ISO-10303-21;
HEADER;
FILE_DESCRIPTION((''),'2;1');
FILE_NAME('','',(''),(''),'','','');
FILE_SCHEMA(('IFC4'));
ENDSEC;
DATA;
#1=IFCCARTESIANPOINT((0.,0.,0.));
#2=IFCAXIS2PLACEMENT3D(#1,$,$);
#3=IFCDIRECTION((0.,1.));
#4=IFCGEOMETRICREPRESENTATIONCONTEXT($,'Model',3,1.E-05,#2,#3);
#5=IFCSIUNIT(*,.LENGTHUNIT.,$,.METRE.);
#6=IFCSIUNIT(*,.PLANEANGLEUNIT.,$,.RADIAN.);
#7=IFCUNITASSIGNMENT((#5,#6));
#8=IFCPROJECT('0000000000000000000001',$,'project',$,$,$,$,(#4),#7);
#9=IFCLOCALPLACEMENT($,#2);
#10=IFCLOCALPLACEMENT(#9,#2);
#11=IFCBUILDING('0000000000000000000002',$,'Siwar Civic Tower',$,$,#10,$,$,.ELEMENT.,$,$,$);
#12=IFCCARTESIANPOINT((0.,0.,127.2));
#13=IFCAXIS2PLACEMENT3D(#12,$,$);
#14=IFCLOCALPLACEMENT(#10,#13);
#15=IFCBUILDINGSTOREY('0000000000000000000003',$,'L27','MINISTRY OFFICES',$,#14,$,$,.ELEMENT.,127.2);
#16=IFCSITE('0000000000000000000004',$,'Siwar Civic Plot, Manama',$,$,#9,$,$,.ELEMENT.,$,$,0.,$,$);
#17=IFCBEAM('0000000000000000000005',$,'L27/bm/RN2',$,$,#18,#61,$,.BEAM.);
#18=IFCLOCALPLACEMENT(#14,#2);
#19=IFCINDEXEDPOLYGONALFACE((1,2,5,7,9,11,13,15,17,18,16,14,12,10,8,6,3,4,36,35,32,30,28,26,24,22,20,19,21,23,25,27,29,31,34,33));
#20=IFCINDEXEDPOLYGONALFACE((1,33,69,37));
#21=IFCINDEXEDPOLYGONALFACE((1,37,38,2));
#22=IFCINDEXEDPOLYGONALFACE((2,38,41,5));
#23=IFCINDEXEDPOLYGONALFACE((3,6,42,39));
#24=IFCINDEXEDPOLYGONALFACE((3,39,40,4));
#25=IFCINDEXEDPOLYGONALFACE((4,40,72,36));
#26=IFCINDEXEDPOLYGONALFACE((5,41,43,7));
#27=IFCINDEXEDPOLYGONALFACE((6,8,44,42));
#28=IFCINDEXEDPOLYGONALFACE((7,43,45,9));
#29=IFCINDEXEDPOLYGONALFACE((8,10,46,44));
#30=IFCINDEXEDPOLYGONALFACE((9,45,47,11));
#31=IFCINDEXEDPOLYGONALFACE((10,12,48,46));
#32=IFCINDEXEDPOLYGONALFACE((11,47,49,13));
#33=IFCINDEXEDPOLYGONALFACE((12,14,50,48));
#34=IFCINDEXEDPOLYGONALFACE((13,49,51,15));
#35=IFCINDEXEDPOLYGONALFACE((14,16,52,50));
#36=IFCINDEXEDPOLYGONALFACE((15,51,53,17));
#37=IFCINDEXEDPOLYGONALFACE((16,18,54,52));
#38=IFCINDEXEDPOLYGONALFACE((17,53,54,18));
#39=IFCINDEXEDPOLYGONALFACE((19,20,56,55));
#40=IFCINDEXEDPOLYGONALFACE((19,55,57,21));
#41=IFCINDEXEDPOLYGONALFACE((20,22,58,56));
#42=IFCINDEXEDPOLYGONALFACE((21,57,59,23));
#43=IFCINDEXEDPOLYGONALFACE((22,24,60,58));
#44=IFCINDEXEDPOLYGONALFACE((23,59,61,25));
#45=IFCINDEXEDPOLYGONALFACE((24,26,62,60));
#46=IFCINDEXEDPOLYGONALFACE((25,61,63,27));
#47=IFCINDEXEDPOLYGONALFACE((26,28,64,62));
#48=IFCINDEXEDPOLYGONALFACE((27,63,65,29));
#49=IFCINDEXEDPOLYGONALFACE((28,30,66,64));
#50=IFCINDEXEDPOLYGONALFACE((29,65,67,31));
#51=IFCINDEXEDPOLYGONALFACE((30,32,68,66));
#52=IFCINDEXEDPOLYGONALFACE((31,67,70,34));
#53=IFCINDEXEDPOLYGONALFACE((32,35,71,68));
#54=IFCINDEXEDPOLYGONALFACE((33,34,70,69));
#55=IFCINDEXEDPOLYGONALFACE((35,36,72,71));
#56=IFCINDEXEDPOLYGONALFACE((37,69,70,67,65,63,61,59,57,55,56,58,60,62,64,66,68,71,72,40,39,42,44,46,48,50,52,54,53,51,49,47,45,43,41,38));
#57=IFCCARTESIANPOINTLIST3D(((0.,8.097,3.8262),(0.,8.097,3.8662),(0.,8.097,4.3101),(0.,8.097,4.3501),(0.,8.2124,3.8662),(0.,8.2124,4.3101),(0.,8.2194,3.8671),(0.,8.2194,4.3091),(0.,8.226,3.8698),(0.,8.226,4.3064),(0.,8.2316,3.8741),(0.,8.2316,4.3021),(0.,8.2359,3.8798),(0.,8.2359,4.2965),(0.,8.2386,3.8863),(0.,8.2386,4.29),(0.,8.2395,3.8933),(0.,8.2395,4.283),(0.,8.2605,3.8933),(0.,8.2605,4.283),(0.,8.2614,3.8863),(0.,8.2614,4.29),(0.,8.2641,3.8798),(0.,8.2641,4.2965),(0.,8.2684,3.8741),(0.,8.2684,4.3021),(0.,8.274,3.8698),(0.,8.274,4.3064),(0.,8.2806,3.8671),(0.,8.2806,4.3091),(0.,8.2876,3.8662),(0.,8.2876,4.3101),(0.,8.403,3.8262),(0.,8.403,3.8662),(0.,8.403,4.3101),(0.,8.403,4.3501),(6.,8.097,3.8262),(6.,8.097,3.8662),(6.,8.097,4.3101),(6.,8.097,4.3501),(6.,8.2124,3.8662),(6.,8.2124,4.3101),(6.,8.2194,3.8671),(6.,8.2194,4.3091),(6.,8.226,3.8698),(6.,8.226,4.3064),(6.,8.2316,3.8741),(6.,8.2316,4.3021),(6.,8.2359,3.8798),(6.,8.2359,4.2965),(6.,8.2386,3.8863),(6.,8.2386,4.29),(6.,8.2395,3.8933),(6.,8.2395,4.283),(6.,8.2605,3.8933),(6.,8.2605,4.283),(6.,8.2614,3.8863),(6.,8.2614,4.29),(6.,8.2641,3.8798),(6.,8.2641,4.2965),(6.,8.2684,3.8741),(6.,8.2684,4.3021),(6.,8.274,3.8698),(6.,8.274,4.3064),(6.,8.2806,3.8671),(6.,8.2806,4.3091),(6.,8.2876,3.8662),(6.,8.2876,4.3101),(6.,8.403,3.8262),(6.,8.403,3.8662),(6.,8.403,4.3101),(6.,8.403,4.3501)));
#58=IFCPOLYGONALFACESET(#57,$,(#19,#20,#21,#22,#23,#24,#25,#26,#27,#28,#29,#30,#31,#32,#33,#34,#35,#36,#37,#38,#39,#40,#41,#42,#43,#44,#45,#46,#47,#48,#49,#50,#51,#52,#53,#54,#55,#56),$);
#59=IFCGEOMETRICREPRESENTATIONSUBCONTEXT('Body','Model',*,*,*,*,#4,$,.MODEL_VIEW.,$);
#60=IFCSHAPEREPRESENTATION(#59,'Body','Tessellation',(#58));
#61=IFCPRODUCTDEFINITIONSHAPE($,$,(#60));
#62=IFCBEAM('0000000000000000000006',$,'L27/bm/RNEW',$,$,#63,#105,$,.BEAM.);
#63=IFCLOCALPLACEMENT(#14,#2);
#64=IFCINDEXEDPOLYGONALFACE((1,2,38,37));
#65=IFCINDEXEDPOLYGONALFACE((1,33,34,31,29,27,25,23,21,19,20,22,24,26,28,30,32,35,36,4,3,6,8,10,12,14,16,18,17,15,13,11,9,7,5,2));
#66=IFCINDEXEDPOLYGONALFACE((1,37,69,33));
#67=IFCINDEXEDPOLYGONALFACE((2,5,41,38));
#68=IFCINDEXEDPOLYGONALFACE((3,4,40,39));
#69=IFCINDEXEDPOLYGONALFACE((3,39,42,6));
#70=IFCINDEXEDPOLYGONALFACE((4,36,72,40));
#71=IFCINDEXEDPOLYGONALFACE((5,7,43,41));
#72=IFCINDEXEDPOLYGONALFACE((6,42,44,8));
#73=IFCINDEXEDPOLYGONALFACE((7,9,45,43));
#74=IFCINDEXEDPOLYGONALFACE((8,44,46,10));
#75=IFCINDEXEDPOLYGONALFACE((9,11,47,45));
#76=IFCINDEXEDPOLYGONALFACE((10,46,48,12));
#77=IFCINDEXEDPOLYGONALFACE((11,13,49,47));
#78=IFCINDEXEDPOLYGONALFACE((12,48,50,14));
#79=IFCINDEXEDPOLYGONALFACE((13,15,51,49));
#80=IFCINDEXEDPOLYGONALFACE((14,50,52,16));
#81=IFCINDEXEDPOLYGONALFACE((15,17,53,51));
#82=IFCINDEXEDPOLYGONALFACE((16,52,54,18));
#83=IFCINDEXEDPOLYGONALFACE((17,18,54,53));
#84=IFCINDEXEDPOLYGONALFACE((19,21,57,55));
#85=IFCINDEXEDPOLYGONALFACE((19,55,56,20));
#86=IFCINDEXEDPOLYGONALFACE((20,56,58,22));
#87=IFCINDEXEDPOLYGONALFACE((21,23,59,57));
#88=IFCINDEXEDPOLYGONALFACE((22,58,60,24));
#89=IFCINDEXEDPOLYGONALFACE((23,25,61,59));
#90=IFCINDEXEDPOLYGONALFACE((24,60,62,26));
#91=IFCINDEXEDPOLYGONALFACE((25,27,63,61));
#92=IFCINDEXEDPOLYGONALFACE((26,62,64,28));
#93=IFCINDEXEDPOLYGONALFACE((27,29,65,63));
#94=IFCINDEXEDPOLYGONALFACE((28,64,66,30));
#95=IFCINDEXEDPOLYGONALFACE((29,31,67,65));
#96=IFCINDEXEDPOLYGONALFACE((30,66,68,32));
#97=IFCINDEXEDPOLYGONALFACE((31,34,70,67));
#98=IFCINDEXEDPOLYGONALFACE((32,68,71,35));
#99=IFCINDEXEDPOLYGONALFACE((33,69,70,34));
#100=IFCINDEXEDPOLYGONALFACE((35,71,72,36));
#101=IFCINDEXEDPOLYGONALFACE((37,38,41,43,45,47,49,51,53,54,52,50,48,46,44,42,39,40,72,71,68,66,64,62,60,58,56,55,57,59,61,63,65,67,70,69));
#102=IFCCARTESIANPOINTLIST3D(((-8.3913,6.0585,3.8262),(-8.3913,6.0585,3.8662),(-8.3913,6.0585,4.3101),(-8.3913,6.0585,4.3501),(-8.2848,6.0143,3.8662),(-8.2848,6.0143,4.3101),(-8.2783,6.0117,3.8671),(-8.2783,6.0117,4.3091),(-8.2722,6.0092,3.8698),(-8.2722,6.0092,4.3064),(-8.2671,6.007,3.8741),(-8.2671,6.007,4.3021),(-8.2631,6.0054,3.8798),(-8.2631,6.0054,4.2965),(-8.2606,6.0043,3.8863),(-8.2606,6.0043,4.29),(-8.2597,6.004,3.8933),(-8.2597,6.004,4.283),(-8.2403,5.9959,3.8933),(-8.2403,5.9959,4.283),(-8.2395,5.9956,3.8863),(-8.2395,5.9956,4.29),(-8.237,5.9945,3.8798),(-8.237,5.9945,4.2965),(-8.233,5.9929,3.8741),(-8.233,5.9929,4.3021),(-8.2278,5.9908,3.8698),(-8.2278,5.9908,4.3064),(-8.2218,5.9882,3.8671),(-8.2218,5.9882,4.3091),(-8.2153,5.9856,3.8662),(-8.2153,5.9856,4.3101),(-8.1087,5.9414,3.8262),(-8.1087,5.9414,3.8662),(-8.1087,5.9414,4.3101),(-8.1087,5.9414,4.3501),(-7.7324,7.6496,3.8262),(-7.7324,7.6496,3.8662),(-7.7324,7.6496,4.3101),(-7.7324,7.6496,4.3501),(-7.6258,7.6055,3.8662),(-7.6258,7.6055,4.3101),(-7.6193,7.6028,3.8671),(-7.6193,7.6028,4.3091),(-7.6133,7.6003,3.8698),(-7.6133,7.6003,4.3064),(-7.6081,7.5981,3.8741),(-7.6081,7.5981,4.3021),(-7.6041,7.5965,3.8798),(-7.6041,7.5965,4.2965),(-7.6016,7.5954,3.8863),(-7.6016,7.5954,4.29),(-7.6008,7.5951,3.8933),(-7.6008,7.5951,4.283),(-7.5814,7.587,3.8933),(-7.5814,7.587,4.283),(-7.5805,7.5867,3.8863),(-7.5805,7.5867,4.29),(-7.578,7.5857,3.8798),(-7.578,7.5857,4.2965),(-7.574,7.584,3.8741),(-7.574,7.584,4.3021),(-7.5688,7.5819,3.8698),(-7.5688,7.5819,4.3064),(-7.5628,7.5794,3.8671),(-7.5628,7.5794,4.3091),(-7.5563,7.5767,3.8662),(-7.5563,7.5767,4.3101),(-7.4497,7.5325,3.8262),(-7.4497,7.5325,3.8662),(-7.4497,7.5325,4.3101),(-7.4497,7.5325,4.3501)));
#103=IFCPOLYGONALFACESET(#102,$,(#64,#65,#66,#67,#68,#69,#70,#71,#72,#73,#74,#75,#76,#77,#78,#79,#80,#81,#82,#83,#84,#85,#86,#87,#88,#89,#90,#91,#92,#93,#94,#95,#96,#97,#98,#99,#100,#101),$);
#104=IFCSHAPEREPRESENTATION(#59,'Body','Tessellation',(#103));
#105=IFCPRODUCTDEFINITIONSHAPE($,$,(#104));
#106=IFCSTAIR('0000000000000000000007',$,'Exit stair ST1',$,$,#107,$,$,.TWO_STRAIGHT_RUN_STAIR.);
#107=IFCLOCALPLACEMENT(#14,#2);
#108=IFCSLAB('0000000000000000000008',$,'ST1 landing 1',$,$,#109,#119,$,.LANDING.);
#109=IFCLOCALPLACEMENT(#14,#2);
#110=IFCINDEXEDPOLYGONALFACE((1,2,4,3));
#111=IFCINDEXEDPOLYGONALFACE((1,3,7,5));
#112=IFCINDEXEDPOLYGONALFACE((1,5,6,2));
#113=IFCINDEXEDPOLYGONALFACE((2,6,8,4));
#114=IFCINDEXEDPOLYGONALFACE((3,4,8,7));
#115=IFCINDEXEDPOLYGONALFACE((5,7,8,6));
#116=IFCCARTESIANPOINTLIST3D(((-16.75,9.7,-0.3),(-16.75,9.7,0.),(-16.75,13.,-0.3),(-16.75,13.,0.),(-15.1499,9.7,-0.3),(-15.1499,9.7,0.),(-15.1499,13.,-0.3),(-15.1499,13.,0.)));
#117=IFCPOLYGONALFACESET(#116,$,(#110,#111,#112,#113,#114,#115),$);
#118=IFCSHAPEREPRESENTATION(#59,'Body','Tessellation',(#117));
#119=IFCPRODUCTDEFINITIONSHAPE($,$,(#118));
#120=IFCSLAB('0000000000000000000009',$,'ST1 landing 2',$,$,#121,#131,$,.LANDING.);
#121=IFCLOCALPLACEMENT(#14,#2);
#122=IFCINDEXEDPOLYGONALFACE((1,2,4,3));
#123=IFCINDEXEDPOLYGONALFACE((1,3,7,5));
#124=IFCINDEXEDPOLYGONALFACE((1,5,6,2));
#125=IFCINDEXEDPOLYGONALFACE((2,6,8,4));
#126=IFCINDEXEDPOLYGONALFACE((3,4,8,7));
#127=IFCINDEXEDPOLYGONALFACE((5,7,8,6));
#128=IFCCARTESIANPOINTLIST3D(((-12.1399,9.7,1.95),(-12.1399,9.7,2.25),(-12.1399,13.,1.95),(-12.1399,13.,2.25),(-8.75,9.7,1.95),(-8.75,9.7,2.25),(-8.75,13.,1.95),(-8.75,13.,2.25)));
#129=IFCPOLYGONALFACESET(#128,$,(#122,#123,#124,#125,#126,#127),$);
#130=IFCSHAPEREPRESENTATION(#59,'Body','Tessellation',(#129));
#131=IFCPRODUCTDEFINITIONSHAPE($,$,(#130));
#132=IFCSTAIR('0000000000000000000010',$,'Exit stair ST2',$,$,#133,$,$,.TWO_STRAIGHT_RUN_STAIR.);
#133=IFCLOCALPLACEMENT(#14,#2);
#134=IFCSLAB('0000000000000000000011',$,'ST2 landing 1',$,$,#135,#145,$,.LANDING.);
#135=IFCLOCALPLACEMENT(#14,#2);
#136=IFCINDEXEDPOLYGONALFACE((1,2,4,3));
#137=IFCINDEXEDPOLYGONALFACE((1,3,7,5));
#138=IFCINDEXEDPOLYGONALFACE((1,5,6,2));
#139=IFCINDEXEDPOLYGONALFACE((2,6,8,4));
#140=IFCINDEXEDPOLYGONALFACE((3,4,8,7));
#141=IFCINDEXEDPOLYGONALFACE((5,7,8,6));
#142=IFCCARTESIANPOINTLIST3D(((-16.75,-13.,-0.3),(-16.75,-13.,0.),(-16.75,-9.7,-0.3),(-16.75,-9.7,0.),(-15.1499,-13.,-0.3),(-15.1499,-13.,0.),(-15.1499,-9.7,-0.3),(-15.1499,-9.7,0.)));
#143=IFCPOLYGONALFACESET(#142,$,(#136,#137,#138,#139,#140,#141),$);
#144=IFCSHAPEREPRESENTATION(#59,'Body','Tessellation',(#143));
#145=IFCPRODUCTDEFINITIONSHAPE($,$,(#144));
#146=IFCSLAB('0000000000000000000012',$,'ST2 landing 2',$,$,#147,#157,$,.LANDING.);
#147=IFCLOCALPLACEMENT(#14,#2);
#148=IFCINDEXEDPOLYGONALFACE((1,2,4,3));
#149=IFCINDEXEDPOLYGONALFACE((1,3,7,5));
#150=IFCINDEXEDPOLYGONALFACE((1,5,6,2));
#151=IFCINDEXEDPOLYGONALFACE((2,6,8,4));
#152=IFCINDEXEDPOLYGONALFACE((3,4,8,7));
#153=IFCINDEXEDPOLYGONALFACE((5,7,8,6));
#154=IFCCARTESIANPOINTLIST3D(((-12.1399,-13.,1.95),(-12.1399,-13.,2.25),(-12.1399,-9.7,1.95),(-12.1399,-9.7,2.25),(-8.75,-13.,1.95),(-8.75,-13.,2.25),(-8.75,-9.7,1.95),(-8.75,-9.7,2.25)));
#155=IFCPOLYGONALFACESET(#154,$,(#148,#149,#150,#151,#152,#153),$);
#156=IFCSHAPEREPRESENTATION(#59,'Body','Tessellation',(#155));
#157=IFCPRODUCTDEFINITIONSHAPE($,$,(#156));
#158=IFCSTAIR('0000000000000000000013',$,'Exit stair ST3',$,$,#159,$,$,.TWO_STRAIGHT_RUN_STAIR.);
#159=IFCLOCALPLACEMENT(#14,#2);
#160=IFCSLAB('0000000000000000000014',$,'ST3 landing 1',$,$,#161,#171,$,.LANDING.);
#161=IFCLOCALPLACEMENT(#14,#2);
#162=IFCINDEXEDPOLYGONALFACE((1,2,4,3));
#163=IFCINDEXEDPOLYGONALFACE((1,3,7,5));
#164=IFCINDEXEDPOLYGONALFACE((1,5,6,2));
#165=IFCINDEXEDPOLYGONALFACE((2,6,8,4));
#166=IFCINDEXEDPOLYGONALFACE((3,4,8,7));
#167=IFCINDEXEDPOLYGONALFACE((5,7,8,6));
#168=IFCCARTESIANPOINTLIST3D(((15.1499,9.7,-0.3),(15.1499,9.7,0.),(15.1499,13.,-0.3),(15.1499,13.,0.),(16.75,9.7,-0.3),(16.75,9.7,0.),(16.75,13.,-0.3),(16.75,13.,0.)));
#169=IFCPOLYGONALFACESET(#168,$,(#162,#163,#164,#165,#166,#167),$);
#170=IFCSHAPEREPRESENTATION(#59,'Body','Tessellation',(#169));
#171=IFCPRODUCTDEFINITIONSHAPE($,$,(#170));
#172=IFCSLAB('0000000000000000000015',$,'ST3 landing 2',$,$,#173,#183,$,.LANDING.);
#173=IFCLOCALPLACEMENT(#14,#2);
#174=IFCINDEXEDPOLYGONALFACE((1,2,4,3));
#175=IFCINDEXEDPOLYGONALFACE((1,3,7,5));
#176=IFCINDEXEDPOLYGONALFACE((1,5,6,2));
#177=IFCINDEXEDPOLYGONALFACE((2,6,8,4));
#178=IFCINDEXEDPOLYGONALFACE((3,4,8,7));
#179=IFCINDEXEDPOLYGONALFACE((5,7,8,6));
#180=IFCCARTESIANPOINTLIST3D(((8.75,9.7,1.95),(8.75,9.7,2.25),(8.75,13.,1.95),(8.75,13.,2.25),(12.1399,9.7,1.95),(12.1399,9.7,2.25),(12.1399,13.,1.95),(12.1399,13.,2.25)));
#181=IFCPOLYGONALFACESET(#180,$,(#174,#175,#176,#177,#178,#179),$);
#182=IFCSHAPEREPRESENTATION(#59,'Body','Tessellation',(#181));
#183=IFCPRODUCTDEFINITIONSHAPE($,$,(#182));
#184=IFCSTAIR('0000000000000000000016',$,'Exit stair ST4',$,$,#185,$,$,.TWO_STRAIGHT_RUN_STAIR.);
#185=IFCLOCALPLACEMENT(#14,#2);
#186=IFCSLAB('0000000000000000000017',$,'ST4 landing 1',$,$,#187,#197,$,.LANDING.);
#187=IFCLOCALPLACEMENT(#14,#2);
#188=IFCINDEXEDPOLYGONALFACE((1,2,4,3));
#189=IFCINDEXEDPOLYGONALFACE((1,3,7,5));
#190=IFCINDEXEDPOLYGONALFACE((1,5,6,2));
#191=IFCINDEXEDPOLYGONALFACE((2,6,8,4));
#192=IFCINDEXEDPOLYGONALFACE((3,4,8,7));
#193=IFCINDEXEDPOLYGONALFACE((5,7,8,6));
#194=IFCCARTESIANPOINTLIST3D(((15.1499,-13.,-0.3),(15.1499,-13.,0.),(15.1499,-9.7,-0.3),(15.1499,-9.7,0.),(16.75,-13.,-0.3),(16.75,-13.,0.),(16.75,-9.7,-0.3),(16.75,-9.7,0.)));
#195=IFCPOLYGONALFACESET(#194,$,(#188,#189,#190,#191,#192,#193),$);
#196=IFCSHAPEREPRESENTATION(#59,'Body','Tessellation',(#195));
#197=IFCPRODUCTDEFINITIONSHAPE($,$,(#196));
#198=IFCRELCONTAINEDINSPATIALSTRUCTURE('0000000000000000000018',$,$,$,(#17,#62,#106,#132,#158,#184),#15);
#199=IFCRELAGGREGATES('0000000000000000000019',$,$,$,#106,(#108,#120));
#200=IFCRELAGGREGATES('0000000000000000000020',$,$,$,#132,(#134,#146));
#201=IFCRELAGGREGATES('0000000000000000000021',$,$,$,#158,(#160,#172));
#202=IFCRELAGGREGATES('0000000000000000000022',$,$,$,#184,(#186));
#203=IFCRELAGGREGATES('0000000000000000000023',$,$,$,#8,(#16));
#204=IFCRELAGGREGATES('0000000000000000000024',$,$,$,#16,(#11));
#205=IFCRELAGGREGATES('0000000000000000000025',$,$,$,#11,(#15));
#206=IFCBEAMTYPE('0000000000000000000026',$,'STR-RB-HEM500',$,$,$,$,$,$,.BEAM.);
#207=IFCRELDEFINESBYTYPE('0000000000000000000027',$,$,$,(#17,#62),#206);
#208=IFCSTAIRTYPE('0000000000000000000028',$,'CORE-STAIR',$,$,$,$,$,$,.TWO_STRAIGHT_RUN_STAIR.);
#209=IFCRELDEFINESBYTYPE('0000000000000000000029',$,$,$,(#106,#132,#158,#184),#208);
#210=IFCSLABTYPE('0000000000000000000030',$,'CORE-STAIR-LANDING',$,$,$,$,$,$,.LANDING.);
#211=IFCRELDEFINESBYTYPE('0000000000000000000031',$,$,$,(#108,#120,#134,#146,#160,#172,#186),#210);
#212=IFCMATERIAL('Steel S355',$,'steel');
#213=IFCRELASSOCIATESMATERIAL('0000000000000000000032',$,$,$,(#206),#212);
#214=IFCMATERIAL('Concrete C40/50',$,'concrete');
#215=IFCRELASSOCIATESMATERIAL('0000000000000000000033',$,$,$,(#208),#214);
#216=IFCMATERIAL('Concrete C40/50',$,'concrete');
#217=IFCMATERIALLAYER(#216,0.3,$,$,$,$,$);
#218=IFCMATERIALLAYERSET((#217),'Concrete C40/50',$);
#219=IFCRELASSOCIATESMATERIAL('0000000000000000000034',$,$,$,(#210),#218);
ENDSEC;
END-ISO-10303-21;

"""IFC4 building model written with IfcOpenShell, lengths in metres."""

from ifc_helpers import new_model, si_unit, direction, frame, origin, origin_2d, place, context, subcontext, project, spatial, polyline, i_section, outline, extrude, material, layer, layer_set, material_profile, profile_set, type_object, element, aggregate, save


model = new_model("IFC4")

# Units and contexts
model_context = context("Model", 3, precision=1e-05, world=origin(), true_north=direction((0.0, 1.0)))
body_context = subcontext(model_context, "Body", "Model", "MODEL_VIEW")
ifc_project = project(units=[si_unit("LENGTHUNIT", "METRE"), si_unit("PLANEANGLEUNIT", "RADIAN")], contexts=[model_context])

# Site, building, storey
site_placement = place(None, origin())
site = spatial("IfcSite", under=ifc_project, at=site_placement, Name="Siwar Civic Plot, Manama", CompositionType="ELEMENT", RefElevation=0.0)
building_placement = place(site_placement, origin())
building = spatial("IfcBuilding", under=site, at=building_placement, Name="Siwar Civic Tower", CompositionType="ELEMENT")
storey_placement = place(building_placement, frame((0.0, 0.0, 127.2)))
storey = spatial("IfcBuildingStorey", under=building, at=storey_placement, Name="L27", Description="MINISTRY OFFICES", CompositionType="ELEMENT", Elevation=127.2)

# Beams
ifc_material_1 = material(Name="Steel S355", Category="steel")
ifc_material_profile_1 = material_profile(ifc_material_1, i_section(OverallWidth=0.3059, OverallDepth=0.5239, WebThickness=0.021, FlangeThickness=0.04, FilletRadius=0.0271, at=origin_2d()), Name="HEM500")
ifc_profile_set_1 = profile_set([ifc_material_profile_1], Name="Steel S355")
beam_type_1 = type_object("IfcBeamType", Name="STR-RB-HEM500", PredefinedType="BEAM", material=ifc_profile_set_1)
for number, where, z_axis, x_axis, name in (
    (1, (0.0, 8.25, 4.0881), (1.0, 0.0, 0.0), (0.0, 1.0, 0.0), "L27/bm/RN2"),
):
    element("IfcBeam", number, at=place(storey_placement, frame(where, z_axis=z_axis, x_axis=x_axis)), inside=storey, type_object=beam_type_1, Name=name, PredefinedType="BEAM", context=body_context, shape_type="SweptSolid", body=[
        extrude(i_section(OverallWidth=0.3059, OverallDepth=0.5239, WebThickness=0.021, FlangeThickness=0.04, FilletRadius=0.0271, at=origin_2d()), origin(), (0.0, 0.0, 1.0), 6.0),
    ])
beam_1_placement = place(storey_placement, frame((-7.5911, 7.5911, 4.0881), z_axis=(-0.382631, -0.923901, 0.0), x_axis=(0.923901, -0.382631, 0.0)))
element("IfcBeam", 2, at=beam_1_placement, inside=storey, type_object=beam_type_1, Name="L27/bm/RNEW", PredefinedType="BEAM", context=body_context, shape_type="SweptSolid", body=[
    extrude(i_section(OverallWidth=0.3059, OverallDepth=0.5239, WebThickness=0.021, FlangeThickness=0.04, FilletRadius=0.0271, at=origin_2d()), origin(), (0.0, 0.0, 1.0), 1.7222),
])

# Stairs, slabs
ifc_material_2 = material(Name="Concrete C40/50", Category="concrete")
stair_type = type_object("IfcStairType", Name="CORE-STAIR", PredefinedType="TWO_STRAIGHT_RUN_STAIR", material=ifc_material_2)
stair_1_placement = place(storey_placement, origin())
stair_1 = element("IfcStair", 3, at=stair_1_placement, inside=storey, type_object=stair_type, Name="Exit stair ST1", PredefinedType="TWO_STRAIGHT_RUN_STAIR")
ifc_material_3 = material(Name="Concrete C40/50", Category="concrete")
ifc_layer_1 = layer(ifc_material_3, 0.3)
ifc_layer_set_1 = layer_set([ifc_layer_1], Name="Concrete C40/50")
slab_type_1 = type_object("IfcSlabType", Name="CORE-STAIR-LANDING", PredefinedType="LANDING", material=ifc_layer_set_1)
slab_1_placement = place(storey_placement, frame((0.0, 0.0, -0.3)))
slab_1 = element("IfcSlab", 4, at=slab_1_placement, type_object=slab_type_1, Name="ST1 landing 1", PredefinedType="LANDING", context=body_context, shape_type="SweptSolid", body=[
    extrude(outline(polyline([(-15.1499, 13.0), (-16.75, 13.0), (-16.75, 9.7), (-15.1499, 9.7), (-15.1499, 13.0)])), origin(), (0.0, 0.0, 1.0), 0.3),
])
slab_2_placement = place(storey_placement, frame((0.0, 0.0, 1.95)))
slab_2 = element("IfcSlab", 5, at=slab_2_placement, type_object=slab_type_1, Name="ST1 landing 2", PredefinedType="LANDING", context=body_context, shape_type="SweptSolid", body=[
    extrude(outline(polyline([(-8.75, 13.0), (-12.1399, 13.0), (-12.1399, 9.7), (-8.75, 9.7), (-8.75, 13.0)])), origin(), (0.0, 0.0, 1.0), 0.3),
])
aggregate(stair_1, [slab_1, slab_2])
stair_2_placement = place(storey_placement, origin())
stair_2 = element("IfcStair", 6, at=stair_2_placement, inside=storey, type_object=stair_type, Name="Exit stair ST2", PredefinedType="TWO_STRAIGHT_RUN_STAIR")
slab_3_placement = place(storey_placement, frame((0.0, 0.0, -0.3)))
slab_3 = element("IfcSlab", 7, at=slab_3_placement, type_object=slab_type_1, Name="ST2 landing 1", PredefinedType="LANDING", context=body_context, shape_type="SweptSolid", body=[
    extrude(outline(polyline([(-15.1499, -9.7), (-16.75, -9.7), (-16.75, -13.0), (-15.1499, -13.0), (-15.1499, -9.7)])), origin(), (0.0, 0.0, 1.0), 0.3),
])
slab_4_placement = place(storey_placement, frame((0.0, 0.0, 1.95)))
slab_4 = element("IfcSlab", 8, at=slab_4_placement, type_object=slab_type_1, Name="ST2 landing 2", PredefinedType="LANDING", context=body_context, shape_type="SweptSolid", body=[
    extrude(outline(polyline([(-8.75, -9.7), (-12.1399, -9.7), (-12.1399, -13.0), (-8.75, -13.0), (-8.75, -9.7)])), origin(), (0.0, 0.0, 1.0), 0.3),
])
aggregate(stair_2, [slab_3, slab_4])
stair_3_placement = place(storey_placement, origin())
stair_3 = element("IfcStair", 9, at=stair_3_placement, inside=storey, type_object=stair_type, Name="Exit stair ST3", PredefinedType="TWO_STRAIGHT_RUN_STAIR")
slab_5_placement = place(storey_placement, frame((0.0, 0.0, -0.3)))
slab_5 = element("IfcSlab", 10, at=slab_5_placement, type_object=slab_type_1, Name="ST3 landing 1", PredefinedType="LANDING", context=body_context, shape_type="SweptSolid", body=[
    extrude(outline(polyline([(15.1499, 9.7), (16.75, 9.7), (16.75, 13.0), (15.1499, 13.0), (15.1499, 9.7)])), origin(), (0.0, 0.0, 1.0), 0.3),
])
slab_6_placement = place(storey_placement, frame((0.0, 0.0, 1.95)))
slab_6 = element("IfcSlab", 11, at=slab_6_placement, type_object=slab_type_1, Name="ST3 landing 2", PredefinedType="LANDING", context=body_context, shape_type="SweptSolid", body=[
    extrude(outline(polyline([(8.75, 9.7), (12.1399, 9.7), (12.1399, 13.0), (8.75, 13.0), (8.75, 9.7)])), origin(), (0.0, 0.0, 1.0), 0.3),
])
aggregate(stair_3, [slab_5, slab_6])

# Stair, slab
stair_4_placement = place(storey_placement, origin())
stair_4 = element("IfcStair", 12, at=stair_4_placement, inside=storey, type_object=stair_type, Name="Exit stair ST4", PredefinedType="TWO_STRAIGHT_RUN_STAIR")
slab_7_placement = place(storey_placement, frame((0.0, 0.0, -0.3)))
slab_7 = element("IfcSlab", 13, at=slab_7_placement, type_object=slab_type_1, Name="ST4 landing 1", PredefinedType="LANDING", context=body_context, shape_type="SweptSolid", body=[
    extrude(outline(polyline([(15.1499, -13.0), (16.75, -13.0), (16.75, -9.7), (15.1499, -9.7), (15.1499, -13.0)])), origin(), (0.0, 0.0, 1.0), 0.3),
])
aggregate(stair_4, [slab_7])

save(model, "model.ifc")
